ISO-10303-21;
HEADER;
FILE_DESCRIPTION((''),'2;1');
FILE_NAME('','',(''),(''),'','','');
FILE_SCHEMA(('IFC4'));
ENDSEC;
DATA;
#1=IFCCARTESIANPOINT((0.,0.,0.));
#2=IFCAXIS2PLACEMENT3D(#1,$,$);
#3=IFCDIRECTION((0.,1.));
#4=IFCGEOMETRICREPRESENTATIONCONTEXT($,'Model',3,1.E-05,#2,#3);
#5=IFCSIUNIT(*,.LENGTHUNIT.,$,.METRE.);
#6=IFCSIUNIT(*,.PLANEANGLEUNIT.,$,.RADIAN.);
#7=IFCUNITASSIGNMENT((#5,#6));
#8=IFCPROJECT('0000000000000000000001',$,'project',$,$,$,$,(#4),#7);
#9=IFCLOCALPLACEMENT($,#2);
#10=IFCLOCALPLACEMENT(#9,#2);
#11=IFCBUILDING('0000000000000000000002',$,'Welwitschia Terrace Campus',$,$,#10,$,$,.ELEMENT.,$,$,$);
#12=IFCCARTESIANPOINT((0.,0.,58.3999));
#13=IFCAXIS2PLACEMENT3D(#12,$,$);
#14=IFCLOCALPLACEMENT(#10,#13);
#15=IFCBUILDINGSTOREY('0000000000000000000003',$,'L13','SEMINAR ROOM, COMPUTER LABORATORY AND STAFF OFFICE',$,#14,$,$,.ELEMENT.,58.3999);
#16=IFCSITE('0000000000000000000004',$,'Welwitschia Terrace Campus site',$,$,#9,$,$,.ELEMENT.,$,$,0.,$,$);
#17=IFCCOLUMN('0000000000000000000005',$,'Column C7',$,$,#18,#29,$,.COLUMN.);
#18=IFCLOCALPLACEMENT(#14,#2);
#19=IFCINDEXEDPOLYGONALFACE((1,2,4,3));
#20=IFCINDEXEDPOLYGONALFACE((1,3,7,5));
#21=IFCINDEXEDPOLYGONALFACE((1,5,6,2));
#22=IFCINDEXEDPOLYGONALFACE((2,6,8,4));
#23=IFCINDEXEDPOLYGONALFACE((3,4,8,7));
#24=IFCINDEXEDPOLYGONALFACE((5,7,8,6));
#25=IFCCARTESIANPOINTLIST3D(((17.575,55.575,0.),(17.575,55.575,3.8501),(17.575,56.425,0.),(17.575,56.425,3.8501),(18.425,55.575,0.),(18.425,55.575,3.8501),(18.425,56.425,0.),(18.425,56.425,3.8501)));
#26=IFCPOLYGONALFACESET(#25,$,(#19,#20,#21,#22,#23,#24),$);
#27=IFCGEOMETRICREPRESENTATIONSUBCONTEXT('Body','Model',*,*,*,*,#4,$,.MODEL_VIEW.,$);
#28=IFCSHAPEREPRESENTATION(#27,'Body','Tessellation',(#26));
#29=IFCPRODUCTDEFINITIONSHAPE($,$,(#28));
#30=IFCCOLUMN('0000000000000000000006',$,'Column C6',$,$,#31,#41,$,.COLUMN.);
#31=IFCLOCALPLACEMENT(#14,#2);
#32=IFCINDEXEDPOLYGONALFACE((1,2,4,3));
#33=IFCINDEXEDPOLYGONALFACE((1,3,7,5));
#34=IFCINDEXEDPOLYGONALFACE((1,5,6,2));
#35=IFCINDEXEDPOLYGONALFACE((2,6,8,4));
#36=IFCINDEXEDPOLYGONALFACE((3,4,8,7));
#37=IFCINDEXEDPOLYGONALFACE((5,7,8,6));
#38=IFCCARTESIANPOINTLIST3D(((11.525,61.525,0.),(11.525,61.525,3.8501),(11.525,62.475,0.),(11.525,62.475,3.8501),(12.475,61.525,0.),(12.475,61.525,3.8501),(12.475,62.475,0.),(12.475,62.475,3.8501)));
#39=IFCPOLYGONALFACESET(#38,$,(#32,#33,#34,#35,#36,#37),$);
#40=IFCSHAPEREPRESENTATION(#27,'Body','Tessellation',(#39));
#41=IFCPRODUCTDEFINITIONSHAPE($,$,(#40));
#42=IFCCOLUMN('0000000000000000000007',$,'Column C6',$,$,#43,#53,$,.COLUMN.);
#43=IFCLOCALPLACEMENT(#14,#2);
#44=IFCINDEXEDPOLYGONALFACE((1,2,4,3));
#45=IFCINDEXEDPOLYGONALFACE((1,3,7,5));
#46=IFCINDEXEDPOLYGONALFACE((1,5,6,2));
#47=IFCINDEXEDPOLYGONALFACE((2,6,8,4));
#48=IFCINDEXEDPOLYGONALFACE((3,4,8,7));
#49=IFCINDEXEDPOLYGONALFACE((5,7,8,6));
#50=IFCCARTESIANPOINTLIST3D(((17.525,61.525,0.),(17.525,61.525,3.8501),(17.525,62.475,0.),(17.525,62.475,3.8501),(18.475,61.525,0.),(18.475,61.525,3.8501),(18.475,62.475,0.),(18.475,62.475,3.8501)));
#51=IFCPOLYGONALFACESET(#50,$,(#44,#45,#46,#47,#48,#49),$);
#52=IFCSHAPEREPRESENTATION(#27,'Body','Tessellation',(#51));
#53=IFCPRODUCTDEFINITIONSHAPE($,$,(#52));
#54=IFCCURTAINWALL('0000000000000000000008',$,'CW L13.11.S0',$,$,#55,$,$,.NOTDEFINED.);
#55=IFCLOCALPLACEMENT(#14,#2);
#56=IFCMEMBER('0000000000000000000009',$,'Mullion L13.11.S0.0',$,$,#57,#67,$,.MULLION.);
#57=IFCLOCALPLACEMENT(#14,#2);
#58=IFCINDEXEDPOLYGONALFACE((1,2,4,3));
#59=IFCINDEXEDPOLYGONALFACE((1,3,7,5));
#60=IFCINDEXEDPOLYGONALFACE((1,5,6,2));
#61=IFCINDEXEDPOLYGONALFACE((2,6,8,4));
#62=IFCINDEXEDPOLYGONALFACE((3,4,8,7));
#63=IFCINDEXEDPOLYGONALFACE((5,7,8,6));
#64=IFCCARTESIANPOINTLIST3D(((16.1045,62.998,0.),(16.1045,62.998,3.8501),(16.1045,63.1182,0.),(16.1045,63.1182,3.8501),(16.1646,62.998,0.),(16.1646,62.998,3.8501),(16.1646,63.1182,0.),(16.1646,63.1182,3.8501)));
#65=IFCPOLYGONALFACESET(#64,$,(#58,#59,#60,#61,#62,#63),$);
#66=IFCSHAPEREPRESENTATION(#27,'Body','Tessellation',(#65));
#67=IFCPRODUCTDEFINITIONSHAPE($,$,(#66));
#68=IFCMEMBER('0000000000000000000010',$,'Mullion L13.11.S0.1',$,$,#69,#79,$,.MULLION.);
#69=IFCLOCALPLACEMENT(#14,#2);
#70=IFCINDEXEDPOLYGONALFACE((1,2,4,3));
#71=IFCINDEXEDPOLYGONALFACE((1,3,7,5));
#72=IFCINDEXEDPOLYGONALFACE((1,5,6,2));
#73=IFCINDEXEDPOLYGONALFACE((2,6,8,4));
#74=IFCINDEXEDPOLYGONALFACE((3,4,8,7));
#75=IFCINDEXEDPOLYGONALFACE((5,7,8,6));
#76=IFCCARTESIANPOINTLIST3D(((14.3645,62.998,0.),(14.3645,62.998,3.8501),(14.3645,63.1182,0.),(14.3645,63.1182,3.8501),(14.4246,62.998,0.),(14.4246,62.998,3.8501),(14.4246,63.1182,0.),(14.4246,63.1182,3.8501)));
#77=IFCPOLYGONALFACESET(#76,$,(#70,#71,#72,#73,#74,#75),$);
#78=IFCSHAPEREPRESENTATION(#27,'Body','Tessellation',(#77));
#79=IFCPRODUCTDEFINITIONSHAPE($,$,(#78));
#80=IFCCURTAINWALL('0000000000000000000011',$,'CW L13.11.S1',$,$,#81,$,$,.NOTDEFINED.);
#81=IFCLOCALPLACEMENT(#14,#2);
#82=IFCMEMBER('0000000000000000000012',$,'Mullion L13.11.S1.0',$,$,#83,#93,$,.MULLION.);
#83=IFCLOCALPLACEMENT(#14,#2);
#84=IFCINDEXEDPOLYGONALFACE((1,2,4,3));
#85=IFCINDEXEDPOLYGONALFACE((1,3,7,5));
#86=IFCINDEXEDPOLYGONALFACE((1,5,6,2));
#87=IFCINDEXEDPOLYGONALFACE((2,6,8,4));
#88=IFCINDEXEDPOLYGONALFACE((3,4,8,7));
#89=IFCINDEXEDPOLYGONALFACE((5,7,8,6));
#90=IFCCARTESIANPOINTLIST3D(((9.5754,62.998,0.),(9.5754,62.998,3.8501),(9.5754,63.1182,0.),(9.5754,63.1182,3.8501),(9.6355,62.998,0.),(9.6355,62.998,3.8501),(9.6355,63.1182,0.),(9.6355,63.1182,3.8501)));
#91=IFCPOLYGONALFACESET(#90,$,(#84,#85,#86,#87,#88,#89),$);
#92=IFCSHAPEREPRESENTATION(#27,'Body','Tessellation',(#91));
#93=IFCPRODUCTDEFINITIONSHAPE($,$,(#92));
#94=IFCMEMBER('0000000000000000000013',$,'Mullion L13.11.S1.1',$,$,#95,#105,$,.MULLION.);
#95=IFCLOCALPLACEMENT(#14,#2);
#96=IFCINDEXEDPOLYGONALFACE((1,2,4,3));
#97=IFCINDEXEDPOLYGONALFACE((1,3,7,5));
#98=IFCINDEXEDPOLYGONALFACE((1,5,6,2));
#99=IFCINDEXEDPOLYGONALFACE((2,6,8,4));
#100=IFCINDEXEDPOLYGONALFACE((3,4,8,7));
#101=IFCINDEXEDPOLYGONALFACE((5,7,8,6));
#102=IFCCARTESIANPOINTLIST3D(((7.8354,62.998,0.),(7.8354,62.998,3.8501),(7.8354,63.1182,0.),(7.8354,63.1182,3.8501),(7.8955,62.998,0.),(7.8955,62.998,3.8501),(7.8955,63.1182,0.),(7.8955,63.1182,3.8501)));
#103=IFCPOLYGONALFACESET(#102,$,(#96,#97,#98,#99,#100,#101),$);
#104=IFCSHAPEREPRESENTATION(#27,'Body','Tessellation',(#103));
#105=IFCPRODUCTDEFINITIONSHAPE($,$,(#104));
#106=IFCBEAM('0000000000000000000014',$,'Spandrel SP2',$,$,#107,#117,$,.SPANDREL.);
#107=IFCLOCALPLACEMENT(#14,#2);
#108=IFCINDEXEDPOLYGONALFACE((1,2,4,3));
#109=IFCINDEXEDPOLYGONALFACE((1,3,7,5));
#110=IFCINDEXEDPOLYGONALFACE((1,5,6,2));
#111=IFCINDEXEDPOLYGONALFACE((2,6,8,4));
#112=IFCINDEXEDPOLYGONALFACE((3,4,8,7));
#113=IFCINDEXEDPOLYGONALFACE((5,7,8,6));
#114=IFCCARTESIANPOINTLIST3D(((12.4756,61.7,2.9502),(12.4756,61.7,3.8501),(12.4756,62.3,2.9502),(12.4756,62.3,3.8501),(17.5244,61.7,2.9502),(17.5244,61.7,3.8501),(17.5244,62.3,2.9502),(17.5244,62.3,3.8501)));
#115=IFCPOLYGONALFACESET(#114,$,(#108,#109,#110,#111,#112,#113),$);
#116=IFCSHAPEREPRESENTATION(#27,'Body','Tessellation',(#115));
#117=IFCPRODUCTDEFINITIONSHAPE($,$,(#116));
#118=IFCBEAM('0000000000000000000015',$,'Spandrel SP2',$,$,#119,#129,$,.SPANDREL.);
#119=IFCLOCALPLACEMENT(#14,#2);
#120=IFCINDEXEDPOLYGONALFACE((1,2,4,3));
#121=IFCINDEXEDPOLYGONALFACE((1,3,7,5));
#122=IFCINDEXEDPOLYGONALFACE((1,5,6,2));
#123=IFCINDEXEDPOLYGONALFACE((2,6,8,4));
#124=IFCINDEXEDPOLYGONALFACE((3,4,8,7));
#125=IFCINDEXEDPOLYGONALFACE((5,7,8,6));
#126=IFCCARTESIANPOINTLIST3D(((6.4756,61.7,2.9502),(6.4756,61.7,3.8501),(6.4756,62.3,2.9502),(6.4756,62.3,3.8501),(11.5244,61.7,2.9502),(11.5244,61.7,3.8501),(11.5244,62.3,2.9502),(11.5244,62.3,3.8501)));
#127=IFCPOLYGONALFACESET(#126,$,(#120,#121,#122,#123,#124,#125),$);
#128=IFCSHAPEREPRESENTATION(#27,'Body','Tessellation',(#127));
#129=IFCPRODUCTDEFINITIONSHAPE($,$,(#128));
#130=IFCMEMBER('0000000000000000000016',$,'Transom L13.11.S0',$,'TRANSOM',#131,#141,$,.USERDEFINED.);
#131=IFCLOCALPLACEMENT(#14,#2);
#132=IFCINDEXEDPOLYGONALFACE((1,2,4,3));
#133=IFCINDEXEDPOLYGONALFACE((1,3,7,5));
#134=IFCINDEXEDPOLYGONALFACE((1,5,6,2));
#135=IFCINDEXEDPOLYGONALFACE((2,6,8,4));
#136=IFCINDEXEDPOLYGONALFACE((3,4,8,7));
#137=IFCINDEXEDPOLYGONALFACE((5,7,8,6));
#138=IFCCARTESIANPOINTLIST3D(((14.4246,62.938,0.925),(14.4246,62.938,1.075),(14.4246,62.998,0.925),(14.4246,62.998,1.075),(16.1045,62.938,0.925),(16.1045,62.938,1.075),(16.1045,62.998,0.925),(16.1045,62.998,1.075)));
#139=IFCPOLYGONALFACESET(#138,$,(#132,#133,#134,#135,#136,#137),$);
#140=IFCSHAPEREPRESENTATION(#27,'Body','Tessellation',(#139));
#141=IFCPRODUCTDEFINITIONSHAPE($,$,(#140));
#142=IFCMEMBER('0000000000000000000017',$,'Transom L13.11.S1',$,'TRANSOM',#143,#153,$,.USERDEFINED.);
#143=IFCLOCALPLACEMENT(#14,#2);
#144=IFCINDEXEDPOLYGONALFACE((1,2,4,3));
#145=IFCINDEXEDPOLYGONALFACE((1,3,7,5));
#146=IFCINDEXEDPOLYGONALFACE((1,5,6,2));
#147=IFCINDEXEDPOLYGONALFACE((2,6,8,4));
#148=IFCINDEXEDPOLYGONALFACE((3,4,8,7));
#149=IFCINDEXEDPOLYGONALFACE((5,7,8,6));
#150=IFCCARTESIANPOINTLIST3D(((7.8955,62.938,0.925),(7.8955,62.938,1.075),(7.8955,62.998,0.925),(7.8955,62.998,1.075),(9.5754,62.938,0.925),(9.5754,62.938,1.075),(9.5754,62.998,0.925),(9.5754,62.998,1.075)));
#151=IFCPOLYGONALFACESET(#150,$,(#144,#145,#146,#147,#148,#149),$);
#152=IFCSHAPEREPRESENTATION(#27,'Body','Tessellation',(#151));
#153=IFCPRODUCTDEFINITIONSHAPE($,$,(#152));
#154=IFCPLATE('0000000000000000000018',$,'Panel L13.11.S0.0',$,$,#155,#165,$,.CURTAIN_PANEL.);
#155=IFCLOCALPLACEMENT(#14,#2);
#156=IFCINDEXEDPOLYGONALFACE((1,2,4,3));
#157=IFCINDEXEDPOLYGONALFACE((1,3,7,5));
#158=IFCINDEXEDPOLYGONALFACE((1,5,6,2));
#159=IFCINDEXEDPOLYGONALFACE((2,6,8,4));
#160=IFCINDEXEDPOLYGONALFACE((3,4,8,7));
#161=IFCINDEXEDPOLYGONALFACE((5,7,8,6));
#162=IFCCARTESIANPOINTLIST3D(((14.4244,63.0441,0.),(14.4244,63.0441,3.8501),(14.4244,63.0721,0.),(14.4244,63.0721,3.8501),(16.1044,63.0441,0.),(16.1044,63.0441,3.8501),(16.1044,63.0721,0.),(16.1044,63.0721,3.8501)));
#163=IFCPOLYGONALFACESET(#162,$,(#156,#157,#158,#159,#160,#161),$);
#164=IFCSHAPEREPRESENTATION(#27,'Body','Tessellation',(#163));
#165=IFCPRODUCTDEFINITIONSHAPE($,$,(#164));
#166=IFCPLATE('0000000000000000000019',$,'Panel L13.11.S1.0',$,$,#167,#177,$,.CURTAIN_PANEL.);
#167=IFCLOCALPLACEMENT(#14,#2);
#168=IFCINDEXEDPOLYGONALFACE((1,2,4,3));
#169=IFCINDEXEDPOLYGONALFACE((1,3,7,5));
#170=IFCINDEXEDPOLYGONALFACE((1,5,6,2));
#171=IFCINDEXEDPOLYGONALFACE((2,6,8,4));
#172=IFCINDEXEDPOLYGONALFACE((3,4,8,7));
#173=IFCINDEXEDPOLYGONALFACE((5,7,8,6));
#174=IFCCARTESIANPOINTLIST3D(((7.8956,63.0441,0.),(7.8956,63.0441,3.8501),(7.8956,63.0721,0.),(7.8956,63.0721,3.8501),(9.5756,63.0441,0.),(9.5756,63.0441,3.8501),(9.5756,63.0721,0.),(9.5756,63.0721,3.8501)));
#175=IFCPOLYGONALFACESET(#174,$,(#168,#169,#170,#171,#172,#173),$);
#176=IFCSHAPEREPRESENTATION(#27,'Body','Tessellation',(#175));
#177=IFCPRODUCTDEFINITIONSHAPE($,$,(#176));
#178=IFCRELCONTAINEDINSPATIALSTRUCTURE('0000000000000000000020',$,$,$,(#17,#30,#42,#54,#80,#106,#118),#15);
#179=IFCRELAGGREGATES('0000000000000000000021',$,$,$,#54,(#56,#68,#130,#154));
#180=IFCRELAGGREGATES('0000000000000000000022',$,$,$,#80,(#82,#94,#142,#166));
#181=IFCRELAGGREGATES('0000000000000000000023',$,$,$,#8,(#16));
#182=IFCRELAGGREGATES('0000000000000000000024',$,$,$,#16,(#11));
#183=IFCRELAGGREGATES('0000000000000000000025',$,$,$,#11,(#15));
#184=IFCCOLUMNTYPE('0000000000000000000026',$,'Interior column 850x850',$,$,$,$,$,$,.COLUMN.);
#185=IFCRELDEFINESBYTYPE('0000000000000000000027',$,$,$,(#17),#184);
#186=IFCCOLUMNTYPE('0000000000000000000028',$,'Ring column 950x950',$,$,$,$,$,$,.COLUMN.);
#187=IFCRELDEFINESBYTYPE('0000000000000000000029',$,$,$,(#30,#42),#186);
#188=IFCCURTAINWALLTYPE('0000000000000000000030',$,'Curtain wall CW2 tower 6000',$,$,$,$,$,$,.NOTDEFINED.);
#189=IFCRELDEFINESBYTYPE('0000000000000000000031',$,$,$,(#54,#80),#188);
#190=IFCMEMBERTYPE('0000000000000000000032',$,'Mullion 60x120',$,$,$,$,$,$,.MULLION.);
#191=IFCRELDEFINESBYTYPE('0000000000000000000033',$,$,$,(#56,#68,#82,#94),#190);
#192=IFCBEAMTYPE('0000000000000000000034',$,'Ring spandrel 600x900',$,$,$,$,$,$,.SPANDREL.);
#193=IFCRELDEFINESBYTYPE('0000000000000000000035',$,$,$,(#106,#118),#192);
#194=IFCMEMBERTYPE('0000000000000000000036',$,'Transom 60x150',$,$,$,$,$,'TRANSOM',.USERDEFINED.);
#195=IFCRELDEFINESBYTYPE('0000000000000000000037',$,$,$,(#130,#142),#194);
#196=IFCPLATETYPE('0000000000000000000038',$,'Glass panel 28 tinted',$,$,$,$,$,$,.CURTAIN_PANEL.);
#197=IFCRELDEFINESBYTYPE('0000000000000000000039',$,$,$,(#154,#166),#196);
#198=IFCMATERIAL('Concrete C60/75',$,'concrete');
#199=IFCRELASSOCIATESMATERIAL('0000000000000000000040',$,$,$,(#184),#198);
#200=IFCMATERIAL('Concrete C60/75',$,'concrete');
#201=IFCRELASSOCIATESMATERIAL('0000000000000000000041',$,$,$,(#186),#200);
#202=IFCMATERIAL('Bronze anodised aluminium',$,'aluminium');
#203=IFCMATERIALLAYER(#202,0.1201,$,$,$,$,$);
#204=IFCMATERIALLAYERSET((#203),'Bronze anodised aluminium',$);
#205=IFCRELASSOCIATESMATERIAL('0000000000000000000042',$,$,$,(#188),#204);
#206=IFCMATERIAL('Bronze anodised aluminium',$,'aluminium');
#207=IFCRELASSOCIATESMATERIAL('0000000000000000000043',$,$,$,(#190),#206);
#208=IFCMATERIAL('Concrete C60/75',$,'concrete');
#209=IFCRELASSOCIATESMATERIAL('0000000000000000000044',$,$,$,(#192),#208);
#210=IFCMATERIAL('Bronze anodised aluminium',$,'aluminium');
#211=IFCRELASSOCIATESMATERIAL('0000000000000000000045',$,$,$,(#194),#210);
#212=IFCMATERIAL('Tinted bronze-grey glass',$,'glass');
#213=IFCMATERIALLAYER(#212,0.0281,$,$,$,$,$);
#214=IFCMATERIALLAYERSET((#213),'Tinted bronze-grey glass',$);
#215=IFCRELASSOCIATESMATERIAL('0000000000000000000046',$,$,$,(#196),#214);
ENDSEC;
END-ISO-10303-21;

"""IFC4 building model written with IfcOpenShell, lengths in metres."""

from ifc_helpers import new_model, si_unit, direction, frame, origin, origin_2d, place, context, subcontext, project, spatial, rectangle, extrude, material, layer, layer_set, material_profile, profile_set, type_object, element, aggregate, save


model = new_model("IFC4")

# Units and contexts
model_context = context("Model", 3, precision=1e-05, world=origin(), true_north=direction((0.0, 1.0)))
body_context = subcontext(model_context, "Body", "Model", "MODEL_VIEW")
ifc_project = project(units=[si_unit("LENGTHUNIT", "METRE"), si_unit("PLANEANGLEUNIT", "RADIAN")], contexts=[model_context])

# Site, building, storey
site_placement = place(None, origin())
site = spatial("IfcSite", under=ifc_project, at=site_placement, Name="Welwitschia Terrace Campus site", CompositionType="ELEMENT", RefElevation=0.0)
building_placement = place(site_placement, origin())
building = spatial("IfcBuilding", under=site, at=building_placement, Name="Welwitschia Terrace Campus", CompositionType="ELEMENT")
storey_placement = place(building_placement, frame((0.0, 0.0, 58.3999)))
storey = spatial("IfcBuildingStorey", under=building, at=storey_placement, Name="L13", Description="SEMINAR ROOM, COMPUTER LABORATORY AND STAFF OFFICE", CompositionType="ELEMENT", Elevation=58.3999)

# Columns
ifc_material_1 = material(Name="Concrete C60/75", Category="concrete")
ifc_material_profile_1 = material_profile(ifc_material_1, rectangle(XDim=0.8501, YDim=0.8501, at=origin_2d()))
ifc_profile_set_1 = profile_set([ifc_material_profile_1], Name="Concrete C60/75")
column_type_1 = type_object("IfcColumnType", Name="Interior column 850x850", PredefinedType="COLUMN", material=ifc_profile_set_1)
column_placement = place(storey_placement, frame((18.0, 56.0, 0.0), z_axis=(0.0, 0.0, 1.0), x_axis=(1.0, 0.0, 0.0)))
element("IfcColumn", 1, at=column_placement, inside=storey, type_object=column_type_1, Name="Column C7", PredefinedType="COLUMN", context=body_context, shape_type="SweptSolid", body=[
    extrude(rectangle(XDim=0.8501, YDim=0.8501, at=origin_2d()), origin(), (0.0, 0.0, 1.0), 3.8501),
])
ifc_material_2 = material(Name="Concrete C60/75", Category="concrete")
ifc_material_profile_2 = material_profile(ifc_material_2, rectangle(XDim=0.95, YDim=0.95, at=origin_2d()))
ifc_profile_set_2 = profile_set([ifc_material_profile_2], Name="Concrete C60/75")
column_type_2 = type_object("IfcColumnType", Name="Ring column 950x950", PredefinedType="COLUMN", material=ifc_profile_set_2)
for number, where, z_axis, x_axis, name in (
    (2, (12.0, 62.0, 0.0), (0.0, 0.0, 1.0), (1.0, 0.0, 0.0), "Column C6"),
    (3, (18.0, 62.0, 0.0), (0.0, 0.0, 1.0), (1.0, 0.0, 0.0), "Column C6"),
):
    element("IfcColumn", number, at=place(storey_placement, frame(where, z_axis=z_axis, x_axis=x_axis)), inside=storey, type_object=column_type_2, Name=name, PredefinedType="COLUMN", context=body_context, shape_type="SweptSolid", body=[
        extrude(rectangle(XDim=0.95, YDim=0.95, at=origin_2d()), origin(), (0.0, 0.0, 1.0), 3.8501),
    ])

# Curtain walls, members
ifc_material_3 = material(Name="Bronze anodised aluminium", Category="aluminium")
ifc_layer_1 = layer(ifc_material_3, 0.1201)
ifc_layer_set_1 = layer_set([ifc_layer_1], Name="Bronze anodised aluminium")
curtain_wall_type = type_object("IfcCurtainWallType", Name="Curtain wall CW2 tower 6000", PredefinedType="NOTDEFINED", material=ifc_layer_set_1)
curtain_wall_1_placement = place(storey_placement, origin())
curtain_wall_1 = element("IfcCurtainWall", 4, at=curtain_wall_1_placement, inside=storey, type_object=curtain_wall_type, Name="CW L13.11.S0", PredefinedType="NOTDEFINED")
ifc_material_4 = material(Name="Bronze anodised aluminium", Category="aluminium")
ifc_material_profile_3 = material_profile(ifc_material_4, rectangle(XDim=0.1201, YDim=0.0601, at=origin_2d()))
ifc_profile_set_3 = profile_set([ifc_material_profile_3], Name="Bronze anodised aluminium")
member_type_1 = type_object("IfcMemberType", Name="Mullion 60x120", PredefinedType="MULLION", material=ifc_profile_set_3)
member_1_placement = place(storey_placement, frame((16.1345, 63.0581, 0.0), z_axis=(0.0, 0.0, 1.0), x_axis=(0.0, -1.0, 0.0)))
member_1 = element("IfcMember", 5, at=member_1_placement, type_object=member_type_1, Name="Mullion L13.11.S0.0", PredefinedType="MULLION", context=body_context, shape_type="SweptSolid", body=[
    extrude(rectangle(XDim=0.1201, YDim=0.0601, at=origin_2d()), origin(), (0.0, 0.0, 1.0), 3.8501),
])
member_2_placement = place(storey_placement, frame((14.3945, 63.0581, 0.0), z_axis=(0.0, 0.0, 1.0), x_axis=(0.0, -1.0, 0.0)))
member_2 = element("IfcMember", 6, at=member_2_placement, type_object=member_type_1, Name="Mullion L13.11.S0.1", PredefinedType="MULLION", context=body_context, shape_type="SweptSolid", body=[
    extrude(rectangle(XDim=0.1201, YDim=0.0601, at=origin_2d()), origin(), (0.0, 0.0, 1.0), 3.8501),
])
curtain_wall_2_placement = place(storey_placement, origin())
curtain_wall_2 = element("IfcCurtainWall", 7, at=curtain_wall_2_placement, inside=storey, type_object=curtain_wall_type, Name="CW L13.11.S1", PredefinedType="NOTDEFINED")
member_3_placement = place(storey_placement, frame((9.6055, 63.0581, 0.0), z_axis=(0.0, 0.0, 1.0), x_axis=(0.0, -1.0, 0.0)))
member_3 = element("IfcMember", 8, at=member_3_placement, type_object=member_type_1, Name="Mullion L13.11.S1.0", PredefinedType="MULLION", context=body_context, shape_type="SweptSolid", body=[
    extrude(rectangle(XDim=0.1201, YDim=0.0601, at=origin_2d()), origin(), (0.0, 0.0, 1.0), 3.8501),
])
member_4_placement = place(storey_placement, frame((7.8655, 63.0581, 0.0), z_axis=(0.0, 0.0, 1.0), x_axis=(0.0, -1.0, 0.0)))
member_4 = element("IfcMember", 9, at=member_4_placement, type_object=member_type_1, Name="Mullion L13.11.S1.1", PredefinedType="MULLION", context=body_context, shape_type="SweptSolid", body=[
    extrude(rectangle(XDim=0.1201, YDim=0.0601, at=origin_2d()), origin(), (0.0, 0.0, 1.0), 3.8501),
])

# Beams
ifc_material_5 = material(Name="Concrete C60/75", Category="concrete")
ifc_material_profile_4 = material_profile(ifc_material_5, rectangle(XDim=0.6001, YDim=0.8999, at=origin_2d()))
ifc_profile_set_4 = profile_set([ifc_material_profile_4], Name="Concrete C60/75")
beam_type = type_object("IfcBeamType", Name="Ring spandrel 600x900", PredefinedType="SPANDREL", material=ifc_profile_set_4)
for number, where, z_axis, x_axis, name in (
    (10, (17.5244, 62.0, 3.4001), (-1.0, 0.0, 0.0), (0.0, -1.0, 0.0), "Spandrel SP2"),
    (11, (11.5244, 62.0, 3.4001), (-1.0, 0.0, 0.0), (0.0, -1.0, 0.0), "Spandrel SP2"),
):
    element("IfcBeam", number, at=place(storey_placement, frame(where, z_axis=z_axis, x_axis=x_axis)), inside=storey, type_object=beam_type, Name=name, PredefinedType="SPANDREL", context=body_context, shape_type="SweptSolid", body=[
        extrude(rectangle(XDim=0.6001, YDim=0.8999, at=origin_2d()), origin(), (0.0, 0.0, 1.0), 5.0488),
    ])

# Members
ifc_material_6 = material(Name="Bronze anodised aluminium", Category="aluminium")
ifc_material_profile_5 = material_profile(ifc_material_6, rectangle(XDim=0.0601, YDim=0.1499, at=origin_2d()))
ifc_profile_set_5 = profile_set([ifc_material_profile_5], Name="Bronze anodised aluminium")
member_type_2 = type_object("IfcMemberType", Name="Transom 60x150", ElementType="TRANSOM", PredefinedType="USERDEFINED", material=ifc_profile_set_5)
member_5_placement = place(storey_placement, frame((16.1045, 62.968, 1.0), z_axis=(-1.0, 0.0, 0.0), x_axis=(0.0, -1.0, 0.0)))
member_5 = element("IfcMember", 12, at=member_5_placement, type_object=member_type_2, Name="Transom L13.11.S0", ObjectType="TRANSOM", PredefinedType="USERDEFINED", context=body_context, shape_type="SweptSolid", body=[
    extrude(rectangle(XDim=0.0601, YDim=0.1499, at=origin_2d()), origin(), (0.0, 0.0, 1.0), 1.6799),
])
member_6_placement = place(storey_placement, frame((9.5754, 62.968, 1.0), z_axis=(-1.0, 0.0, 0.0), x_axis=(0.0, -1.0, 0.0)))
member_6 = element("IfcMember", 13, at=member_6_placement, type_object=member_type_2, Name="Transom L13.11.S1", ObjectType="TRANSOM", PredefinedType="USERDEFINED", context=body_context, shape_type="SweptSolid", body=[
    extrude(rectangle(XDim=0.0601, YDim=0.1499, at=origin_2d()), origin(), (0.0, 0.0, 1.0), 1.6799),
])

# Plates
ifc_material_7 = material(Name="Tinted bronze-grey glass", Category="glass")
ifc_layer_2 = layer(ifc_material_7, 0.0281)
ifc_layer_set_2 = layer_set([ifc_layer_2], Name="Tinted bronze-grey glass")
plate_type = type_object("IfcPlateType", Name="Glass panel 28 tinted", PredefinedType="CURTAIN_PANEL", material=ifc_layer_set_2)
plate_1_placement = place(storey_placement, frame((15.2644, 63.0581, 0.0), z_axis=(0.0, 0.0, 1.0), x_axis=(-1.0, 0.0, 0.0)))
plate_1 = element("IfcPlate", 14, at=plate_1_placement, type_object=plate_type, Name="Panel L13.11.S0.0", PredefinedType="CURTAIN_PANEL", context=body_context, shape_type="SweptSolid", body=[
    extrude(rectangle(XDim=1.6799, YDim=0.0281, at=origin_2d()), origin(), (0.0, 0.0, 1.0), 3.8501),
])
aggregate(curtain_wall_1, [member_1, member_2, member_5, plate_1])
plate_2_placement = place(storey_placement, frame((8.7356, 63.0581, 0.0), z_axis=(0.0, 0.0, 1.0), x_axis=(-1.0, 0.0, 0.0)))
plate_2 = element("IfcPlate", 15, at=plate_2_placement, type_object=plate_type, Name="Panel L13.11.S1.0", PredefinedType="CURTAIN_PANEL", context=body_context, shape_type="SweptSolid", body=[
    extrude(rectangle(XDim=1.6799, YDim=0.0281, at=origin_2d()), origin(), (0.0, 0.0, 1.0), 3.8501),
])
aggregate(curtain_wall_2, [member_3, member_4, member_6, plate_2])

save(model, "model.ifc")
